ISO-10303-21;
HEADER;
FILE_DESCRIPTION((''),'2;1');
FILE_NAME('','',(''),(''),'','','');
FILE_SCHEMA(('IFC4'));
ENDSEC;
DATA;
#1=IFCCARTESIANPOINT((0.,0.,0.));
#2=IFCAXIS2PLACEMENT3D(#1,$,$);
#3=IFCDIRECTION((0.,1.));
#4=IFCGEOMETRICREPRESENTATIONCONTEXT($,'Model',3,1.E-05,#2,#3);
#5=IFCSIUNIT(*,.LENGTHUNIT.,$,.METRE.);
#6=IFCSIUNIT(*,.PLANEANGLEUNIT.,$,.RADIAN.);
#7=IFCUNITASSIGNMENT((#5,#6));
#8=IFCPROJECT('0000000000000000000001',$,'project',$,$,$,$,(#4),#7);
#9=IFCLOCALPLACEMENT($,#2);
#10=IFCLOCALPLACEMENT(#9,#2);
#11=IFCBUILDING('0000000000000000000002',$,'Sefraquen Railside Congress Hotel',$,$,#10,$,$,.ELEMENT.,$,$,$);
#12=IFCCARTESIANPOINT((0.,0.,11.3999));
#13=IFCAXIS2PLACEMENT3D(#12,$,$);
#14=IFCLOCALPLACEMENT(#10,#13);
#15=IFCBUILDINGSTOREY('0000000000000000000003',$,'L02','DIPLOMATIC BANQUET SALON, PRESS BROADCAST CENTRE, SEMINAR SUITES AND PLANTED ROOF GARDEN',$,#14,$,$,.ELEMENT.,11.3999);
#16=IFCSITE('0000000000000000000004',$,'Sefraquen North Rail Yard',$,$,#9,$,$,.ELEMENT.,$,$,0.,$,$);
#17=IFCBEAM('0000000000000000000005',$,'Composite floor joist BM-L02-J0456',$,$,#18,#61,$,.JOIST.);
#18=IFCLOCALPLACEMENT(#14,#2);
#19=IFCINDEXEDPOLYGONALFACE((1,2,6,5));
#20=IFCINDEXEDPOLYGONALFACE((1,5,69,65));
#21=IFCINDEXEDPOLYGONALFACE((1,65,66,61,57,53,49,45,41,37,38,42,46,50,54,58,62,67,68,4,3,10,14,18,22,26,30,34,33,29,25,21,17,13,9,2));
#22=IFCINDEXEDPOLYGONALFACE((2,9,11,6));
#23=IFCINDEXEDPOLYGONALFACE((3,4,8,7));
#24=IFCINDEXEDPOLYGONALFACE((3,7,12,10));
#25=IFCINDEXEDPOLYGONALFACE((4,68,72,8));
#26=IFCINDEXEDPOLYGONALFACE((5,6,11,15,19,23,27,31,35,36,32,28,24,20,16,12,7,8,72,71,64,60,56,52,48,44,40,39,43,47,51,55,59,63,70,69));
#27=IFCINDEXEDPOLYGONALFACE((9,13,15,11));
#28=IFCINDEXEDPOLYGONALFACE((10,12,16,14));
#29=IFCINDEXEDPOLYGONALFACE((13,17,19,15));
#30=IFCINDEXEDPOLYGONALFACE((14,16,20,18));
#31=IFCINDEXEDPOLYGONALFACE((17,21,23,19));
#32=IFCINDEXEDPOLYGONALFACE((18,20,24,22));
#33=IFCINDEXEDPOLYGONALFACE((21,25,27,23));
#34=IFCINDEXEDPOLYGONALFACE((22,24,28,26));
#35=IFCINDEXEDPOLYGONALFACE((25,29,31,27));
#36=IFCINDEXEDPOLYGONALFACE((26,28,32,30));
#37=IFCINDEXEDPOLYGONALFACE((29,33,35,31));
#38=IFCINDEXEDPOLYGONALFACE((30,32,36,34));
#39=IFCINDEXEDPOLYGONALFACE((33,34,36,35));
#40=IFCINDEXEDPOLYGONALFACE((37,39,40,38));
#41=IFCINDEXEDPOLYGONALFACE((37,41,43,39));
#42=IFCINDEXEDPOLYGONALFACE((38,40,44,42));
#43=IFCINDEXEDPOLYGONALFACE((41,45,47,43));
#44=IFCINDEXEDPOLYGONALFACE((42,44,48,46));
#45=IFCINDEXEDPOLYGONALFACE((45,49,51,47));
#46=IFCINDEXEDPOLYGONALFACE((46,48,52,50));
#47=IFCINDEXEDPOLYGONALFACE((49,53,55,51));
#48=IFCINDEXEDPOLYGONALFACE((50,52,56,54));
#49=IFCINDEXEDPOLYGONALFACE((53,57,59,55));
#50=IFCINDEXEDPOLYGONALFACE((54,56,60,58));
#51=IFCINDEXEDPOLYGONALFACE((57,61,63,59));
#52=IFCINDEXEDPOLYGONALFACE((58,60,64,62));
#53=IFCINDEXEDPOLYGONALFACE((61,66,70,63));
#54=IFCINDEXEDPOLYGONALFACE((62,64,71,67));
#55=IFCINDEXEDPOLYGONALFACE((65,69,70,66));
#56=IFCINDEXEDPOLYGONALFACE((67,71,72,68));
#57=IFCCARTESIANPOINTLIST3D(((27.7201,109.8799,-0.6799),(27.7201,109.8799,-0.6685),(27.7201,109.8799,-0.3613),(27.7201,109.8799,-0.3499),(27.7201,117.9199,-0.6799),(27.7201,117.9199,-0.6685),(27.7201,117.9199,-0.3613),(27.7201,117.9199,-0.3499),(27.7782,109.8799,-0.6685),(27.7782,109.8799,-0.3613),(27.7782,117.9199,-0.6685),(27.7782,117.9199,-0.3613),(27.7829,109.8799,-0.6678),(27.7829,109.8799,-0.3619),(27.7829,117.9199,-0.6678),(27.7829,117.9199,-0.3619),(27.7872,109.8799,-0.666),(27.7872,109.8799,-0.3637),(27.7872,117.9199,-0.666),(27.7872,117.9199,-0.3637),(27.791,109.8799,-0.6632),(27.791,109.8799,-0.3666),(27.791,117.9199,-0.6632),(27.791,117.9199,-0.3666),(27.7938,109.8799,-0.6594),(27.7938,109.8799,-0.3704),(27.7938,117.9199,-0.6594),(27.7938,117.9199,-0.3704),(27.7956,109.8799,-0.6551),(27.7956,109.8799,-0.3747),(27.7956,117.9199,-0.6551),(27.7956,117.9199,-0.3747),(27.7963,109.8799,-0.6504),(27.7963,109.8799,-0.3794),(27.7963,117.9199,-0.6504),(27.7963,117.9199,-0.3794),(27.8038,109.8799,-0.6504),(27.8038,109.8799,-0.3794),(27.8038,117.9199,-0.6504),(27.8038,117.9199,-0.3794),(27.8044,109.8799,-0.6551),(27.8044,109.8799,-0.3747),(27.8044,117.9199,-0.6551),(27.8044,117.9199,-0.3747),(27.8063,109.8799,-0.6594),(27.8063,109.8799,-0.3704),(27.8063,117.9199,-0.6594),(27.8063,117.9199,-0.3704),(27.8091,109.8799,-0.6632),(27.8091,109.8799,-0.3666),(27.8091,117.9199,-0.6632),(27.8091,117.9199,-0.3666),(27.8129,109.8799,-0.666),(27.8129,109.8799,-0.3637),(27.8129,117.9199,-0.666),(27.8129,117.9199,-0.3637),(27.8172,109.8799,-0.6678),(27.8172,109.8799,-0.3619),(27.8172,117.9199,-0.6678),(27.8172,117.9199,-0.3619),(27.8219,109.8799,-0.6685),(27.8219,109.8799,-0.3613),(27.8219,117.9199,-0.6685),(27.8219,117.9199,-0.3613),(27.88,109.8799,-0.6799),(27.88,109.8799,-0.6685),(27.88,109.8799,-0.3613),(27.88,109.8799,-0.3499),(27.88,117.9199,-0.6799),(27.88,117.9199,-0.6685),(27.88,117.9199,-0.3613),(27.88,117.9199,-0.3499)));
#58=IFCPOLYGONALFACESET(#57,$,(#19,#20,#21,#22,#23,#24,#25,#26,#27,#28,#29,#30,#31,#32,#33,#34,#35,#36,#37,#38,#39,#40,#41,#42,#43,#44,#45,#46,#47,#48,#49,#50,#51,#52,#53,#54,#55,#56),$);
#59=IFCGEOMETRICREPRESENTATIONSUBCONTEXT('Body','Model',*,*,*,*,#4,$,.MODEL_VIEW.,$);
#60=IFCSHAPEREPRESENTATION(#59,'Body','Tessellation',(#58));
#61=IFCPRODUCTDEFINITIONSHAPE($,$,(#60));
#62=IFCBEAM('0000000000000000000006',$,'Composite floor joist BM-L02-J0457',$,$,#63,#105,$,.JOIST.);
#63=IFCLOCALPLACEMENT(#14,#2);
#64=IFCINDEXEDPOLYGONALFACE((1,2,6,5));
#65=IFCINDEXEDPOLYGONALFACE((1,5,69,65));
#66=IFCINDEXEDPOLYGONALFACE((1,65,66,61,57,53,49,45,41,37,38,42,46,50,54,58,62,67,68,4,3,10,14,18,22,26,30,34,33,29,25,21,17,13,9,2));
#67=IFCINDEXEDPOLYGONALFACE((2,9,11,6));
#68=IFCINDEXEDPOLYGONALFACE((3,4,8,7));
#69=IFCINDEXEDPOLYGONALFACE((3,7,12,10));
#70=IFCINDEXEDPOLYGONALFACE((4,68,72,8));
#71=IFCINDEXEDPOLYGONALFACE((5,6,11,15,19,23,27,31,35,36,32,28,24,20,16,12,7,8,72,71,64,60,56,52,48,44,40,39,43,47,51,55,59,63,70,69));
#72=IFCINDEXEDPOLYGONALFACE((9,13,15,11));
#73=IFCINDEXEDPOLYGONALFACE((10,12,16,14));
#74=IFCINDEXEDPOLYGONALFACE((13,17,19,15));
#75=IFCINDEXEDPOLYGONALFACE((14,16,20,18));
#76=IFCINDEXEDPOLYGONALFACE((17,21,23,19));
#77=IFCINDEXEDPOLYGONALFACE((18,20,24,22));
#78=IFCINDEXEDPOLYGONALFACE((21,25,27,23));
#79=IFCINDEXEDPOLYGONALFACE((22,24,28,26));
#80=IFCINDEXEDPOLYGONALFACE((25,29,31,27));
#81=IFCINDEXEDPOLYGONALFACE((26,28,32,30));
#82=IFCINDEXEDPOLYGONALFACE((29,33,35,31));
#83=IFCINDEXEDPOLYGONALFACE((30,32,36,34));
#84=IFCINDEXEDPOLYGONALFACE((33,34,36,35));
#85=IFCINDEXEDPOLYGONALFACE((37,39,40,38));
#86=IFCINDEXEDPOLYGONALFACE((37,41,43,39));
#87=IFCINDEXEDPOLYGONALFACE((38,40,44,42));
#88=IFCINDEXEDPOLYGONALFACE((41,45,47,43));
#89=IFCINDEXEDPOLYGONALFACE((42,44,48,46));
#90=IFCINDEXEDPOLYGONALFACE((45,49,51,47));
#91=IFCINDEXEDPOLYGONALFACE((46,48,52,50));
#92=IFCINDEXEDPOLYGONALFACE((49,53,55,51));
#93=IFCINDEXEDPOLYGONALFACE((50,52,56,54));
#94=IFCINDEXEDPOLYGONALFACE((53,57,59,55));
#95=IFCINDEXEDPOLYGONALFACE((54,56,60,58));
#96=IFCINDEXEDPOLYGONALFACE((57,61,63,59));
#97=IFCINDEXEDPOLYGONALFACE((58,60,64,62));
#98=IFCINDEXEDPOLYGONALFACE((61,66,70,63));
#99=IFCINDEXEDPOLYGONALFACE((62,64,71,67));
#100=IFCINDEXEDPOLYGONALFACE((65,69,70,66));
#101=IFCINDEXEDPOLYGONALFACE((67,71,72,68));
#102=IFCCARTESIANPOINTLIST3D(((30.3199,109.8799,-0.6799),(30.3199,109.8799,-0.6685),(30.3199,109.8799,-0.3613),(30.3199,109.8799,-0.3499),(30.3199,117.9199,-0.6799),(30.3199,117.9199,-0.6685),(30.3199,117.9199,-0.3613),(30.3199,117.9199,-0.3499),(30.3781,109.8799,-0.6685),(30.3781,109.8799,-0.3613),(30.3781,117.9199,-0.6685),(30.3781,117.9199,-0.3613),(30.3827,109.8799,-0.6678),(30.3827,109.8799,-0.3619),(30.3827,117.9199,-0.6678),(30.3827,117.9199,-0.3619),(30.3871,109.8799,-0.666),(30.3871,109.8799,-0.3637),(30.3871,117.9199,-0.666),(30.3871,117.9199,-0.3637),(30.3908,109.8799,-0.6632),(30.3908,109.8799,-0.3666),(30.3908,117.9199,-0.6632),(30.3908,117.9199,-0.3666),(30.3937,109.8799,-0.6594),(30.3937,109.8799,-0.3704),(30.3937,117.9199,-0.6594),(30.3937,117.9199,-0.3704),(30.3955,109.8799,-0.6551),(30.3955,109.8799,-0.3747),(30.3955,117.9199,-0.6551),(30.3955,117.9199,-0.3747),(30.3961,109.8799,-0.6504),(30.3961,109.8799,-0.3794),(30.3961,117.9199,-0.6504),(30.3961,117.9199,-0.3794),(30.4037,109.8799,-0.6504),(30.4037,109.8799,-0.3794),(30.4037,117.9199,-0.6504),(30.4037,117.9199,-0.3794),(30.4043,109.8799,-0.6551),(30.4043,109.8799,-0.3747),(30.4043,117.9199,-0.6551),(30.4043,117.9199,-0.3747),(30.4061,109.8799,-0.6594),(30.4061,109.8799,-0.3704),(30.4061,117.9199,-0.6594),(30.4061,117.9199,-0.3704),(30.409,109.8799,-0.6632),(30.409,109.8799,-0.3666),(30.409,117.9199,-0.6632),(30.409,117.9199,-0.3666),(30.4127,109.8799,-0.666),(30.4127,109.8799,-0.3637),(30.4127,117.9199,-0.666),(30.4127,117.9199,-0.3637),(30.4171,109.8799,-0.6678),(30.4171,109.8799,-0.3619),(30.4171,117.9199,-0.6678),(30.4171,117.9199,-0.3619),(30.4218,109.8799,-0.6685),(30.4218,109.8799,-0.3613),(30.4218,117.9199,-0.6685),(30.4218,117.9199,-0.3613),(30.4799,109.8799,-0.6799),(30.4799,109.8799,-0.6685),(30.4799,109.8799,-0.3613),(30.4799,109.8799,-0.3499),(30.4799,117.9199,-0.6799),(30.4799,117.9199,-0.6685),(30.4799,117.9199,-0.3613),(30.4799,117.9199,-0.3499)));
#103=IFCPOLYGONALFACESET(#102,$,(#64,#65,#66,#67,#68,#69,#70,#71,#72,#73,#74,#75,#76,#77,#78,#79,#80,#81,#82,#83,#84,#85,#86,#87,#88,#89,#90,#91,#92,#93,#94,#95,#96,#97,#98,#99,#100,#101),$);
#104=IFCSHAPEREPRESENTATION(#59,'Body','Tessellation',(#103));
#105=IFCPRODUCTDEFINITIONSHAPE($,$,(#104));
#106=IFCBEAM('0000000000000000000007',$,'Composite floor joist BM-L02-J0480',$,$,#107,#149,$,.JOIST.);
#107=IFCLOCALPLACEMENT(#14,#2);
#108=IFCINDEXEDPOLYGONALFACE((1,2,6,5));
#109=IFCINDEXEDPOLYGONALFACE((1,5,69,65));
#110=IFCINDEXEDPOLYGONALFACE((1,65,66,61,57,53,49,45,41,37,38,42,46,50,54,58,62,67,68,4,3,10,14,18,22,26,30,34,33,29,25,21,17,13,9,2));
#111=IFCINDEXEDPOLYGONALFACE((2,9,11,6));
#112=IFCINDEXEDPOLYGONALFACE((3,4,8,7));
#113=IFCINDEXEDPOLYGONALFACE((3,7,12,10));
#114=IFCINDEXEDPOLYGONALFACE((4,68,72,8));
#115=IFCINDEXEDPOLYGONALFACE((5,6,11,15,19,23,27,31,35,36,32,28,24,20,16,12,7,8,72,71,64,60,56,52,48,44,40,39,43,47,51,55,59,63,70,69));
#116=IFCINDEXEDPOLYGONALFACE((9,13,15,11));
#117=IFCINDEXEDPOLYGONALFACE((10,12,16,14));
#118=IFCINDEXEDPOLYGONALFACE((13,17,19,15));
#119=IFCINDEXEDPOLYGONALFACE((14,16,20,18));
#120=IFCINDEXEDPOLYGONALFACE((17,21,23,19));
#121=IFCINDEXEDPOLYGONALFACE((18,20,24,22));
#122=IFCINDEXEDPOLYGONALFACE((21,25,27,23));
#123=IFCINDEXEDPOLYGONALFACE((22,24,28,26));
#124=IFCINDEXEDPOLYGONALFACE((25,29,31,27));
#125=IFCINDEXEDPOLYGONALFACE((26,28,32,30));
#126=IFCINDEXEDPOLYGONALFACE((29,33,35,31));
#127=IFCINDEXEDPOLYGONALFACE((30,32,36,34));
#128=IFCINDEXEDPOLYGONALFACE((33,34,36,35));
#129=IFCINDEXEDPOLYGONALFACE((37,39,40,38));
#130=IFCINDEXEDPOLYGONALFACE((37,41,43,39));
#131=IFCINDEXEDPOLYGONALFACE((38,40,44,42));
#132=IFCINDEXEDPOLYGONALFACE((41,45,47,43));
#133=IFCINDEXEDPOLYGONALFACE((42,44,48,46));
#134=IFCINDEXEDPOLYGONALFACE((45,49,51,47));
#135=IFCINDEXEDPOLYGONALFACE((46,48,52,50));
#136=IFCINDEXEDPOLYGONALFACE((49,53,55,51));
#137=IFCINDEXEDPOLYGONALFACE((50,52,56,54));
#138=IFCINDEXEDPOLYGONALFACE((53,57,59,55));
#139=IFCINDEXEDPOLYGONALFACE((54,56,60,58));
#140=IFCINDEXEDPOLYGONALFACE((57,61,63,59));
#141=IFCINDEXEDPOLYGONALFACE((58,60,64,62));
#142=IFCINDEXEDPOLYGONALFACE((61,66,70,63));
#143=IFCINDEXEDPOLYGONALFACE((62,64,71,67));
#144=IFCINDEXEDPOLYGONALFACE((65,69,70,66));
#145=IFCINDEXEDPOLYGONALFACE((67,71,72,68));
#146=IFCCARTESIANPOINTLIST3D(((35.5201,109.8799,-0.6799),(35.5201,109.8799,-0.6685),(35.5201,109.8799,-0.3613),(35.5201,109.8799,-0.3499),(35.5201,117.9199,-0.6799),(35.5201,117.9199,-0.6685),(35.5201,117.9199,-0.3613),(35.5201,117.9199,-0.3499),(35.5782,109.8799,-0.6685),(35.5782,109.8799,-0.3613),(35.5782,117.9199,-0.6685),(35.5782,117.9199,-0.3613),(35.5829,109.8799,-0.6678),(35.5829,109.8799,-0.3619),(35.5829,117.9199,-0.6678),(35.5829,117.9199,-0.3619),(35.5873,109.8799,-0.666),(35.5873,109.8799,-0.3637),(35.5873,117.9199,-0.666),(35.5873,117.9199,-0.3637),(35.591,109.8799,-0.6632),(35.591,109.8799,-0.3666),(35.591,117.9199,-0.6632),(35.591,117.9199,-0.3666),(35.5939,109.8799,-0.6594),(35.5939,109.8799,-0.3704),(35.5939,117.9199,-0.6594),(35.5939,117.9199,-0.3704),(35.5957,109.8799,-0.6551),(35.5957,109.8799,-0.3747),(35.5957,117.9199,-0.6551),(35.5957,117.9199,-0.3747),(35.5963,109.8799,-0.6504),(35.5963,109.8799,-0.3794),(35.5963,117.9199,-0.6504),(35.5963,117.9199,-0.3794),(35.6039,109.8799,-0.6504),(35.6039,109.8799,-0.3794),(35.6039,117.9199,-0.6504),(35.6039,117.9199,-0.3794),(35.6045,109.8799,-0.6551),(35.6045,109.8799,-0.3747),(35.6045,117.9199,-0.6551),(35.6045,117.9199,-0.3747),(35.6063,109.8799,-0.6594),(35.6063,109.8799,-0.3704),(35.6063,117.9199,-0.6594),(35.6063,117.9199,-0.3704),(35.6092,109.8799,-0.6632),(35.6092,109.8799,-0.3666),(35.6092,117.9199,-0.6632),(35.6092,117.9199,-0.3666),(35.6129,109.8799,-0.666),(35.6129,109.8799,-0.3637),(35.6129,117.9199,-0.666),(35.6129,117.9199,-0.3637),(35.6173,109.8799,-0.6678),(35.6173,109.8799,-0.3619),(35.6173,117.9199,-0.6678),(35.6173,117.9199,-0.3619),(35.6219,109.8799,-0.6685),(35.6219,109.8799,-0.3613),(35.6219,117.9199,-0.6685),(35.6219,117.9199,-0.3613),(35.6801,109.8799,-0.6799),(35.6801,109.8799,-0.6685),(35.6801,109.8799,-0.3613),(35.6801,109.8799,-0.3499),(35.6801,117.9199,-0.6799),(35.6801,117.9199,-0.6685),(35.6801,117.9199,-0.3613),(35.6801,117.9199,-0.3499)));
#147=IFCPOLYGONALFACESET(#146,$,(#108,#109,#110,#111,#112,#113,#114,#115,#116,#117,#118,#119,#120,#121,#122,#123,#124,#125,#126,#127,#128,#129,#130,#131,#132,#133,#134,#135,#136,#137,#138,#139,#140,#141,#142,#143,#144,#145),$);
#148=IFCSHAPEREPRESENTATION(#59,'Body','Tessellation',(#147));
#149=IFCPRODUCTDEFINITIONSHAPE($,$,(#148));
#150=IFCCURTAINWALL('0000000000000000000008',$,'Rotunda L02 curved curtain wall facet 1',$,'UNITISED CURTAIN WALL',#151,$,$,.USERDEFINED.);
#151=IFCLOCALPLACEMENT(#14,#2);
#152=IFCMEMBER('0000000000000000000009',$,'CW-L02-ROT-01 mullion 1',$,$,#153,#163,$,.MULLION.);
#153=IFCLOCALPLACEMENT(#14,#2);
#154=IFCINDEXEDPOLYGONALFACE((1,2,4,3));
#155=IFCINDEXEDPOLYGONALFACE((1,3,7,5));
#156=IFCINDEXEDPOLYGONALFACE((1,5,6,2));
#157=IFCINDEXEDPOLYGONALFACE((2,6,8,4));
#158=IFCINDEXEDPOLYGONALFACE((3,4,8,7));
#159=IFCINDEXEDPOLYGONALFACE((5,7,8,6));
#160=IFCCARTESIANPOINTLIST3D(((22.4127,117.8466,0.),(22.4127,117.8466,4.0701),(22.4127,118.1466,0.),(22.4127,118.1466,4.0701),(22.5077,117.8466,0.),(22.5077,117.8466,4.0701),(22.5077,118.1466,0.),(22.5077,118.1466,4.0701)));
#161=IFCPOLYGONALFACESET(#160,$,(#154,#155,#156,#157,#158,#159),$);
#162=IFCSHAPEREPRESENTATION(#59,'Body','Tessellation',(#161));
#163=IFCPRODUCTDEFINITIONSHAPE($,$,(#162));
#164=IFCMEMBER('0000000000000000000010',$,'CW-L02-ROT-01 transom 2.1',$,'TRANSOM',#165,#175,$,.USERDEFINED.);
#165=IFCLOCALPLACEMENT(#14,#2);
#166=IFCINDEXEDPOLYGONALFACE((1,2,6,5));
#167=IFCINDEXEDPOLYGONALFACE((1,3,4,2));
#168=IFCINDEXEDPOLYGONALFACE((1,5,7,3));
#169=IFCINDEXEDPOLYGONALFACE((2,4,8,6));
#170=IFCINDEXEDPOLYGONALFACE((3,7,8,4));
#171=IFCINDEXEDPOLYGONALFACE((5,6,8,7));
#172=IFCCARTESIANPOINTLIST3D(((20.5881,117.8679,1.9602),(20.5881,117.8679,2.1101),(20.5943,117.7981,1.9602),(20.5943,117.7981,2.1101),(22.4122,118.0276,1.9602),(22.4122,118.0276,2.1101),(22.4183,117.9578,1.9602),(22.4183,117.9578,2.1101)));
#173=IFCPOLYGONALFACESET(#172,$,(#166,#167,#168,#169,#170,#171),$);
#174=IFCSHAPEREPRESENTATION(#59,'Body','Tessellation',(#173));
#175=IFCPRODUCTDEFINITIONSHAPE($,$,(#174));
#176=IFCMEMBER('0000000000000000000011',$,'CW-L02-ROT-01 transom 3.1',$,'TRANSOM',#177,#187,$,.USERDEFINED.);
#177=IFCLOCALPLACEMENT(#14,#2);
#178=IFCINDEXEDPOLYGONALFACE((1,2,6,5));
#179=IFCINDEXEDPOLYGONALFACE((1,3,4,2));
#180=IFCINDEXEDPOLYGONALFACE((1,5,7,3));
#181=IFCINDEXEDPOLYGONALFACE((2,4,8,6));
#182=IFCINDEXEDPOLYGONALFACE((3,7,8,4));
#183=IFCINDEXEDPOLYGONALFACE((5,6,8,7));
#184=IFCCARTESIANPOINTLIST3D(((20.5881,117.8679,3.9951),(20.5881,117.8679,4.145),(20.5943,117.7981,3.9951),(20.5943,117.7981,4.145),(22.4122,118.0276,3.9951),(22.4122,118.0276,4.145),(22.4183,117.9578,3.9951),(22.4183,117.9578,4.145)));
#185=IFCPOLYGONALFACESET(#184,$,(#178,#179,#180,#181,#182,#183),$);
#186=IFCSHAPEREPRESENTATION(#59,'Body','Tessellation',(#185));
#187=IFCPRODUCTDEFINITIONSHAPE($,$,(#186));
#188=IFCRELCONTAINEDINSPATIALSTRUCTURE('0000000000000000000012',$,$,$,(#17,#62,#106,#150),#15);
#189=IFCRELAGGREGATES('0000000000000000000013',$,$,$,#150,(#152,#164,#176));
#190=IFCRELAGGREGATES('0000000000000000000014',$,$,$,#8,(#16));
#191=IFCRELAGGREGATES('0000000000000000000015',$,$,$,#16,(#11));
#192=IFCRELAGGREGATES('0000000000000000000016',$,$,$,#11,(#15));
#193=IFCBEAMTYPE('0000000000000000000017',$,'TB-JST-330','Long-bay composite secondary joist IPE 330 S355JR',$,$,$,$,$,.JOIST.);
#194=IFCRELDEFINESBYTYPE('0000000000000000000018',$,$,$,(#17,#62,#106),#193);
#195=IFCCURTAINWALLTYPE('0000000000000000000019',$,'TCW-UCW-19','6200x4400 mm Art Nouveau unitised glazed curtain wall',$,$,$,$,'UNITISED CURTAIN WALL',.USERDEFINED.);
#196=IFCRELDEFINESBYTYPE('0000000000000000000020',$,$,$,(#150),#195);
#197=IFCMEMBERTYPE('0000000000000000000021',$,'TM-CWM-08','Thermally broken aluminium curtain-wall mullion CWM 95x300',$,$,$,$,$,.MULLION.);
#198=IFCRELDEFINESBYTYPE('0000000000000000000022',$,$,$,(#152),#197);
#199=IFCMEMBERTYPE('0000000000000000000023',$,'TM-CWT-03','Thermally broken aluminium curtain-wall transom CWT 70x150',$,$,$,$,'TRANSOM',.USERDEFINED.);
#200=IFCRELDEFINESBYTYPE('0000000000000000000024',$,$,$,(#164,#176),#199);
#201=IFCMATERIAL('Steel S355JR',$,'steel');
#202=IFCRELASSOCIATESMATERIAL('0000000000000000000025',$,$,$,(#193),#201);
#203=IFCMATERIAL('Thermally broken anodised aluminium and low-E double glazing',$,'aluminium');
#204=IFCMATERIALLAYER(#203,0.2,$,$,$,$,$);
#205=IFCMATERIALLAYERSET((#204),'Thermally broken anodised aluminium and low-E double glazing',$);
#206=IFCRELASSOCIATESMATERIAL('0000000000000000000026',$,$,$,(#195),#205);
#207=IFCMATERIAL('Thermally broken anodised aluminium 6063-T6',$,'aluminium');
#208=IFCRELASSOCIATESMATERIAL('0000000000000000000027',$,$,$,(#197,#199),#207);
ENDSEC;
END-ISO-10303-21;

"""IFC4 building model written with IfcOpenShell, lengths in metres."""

from ifc_helpers import new_model, si_unit, direction, frame, origin, origin_2d, place, context, subcontext, project, spatial, rectangle, i_section, extrude, material, layer, layer_set, material_profile, profile_set, type_object, element, aggregate, save


model = new_model("IFC4")

# Units and contexts
model_context = context("Model", 3, precision=1e-05, world=origin(), true_north=direction((0.0, 1.0)))
body_context = subcontext(model_context, "Body", "Model", "MODEL_VIEW")
ifc_project = project(units=[si_unit("LENGTHUNIT", "METRE"), si_unit("PLANEANGLEUNIT", "RADIAN")], contexts=[model_context])

# Site, building, storey
site_placement = place(None, origin())
site = spatial("IfcSite", under=ifc_project, at=site_placement, Name="Sefraquen North Rail Yard", CompositionType="ELEMENT", RefElevation=0.0)
building_placement = place(site_placement, origin())
building = spatial("IfcBuilding", under=site, at=building_placement, Name="Sefraquen Railside Congress Hotel", CompositionType="ELEMENT")
storey_placement = place(building_placement, frame((0.0, 0.0, 11.3999)))
storey = spatial("IfcBuildingStorey", under=building, at=storey_placement, Name="L02", Description="DIPLOMATIC BANQUET SALON, PRESS BROADCAST CENTRE, SEMINAR SUITES AND PLANTED ROOF GARDEN", CompositionType="ELEMENT", Elevation=11.3999)

# Shared definitions
ifc_material_1 = material(Name="Steel S355JR", Category="steel")

# Beams
ifc_material_profile_1 = material_profile(ifc_material_1, i_section(OverallWidth=0.1599, OverallDepth=0.3301, WebThickness=0.0076, FlangeThickness=0.0115, FilletRadius=0.0181, at=origin_2d()), Name="IPE 330")
ifc_profile_set_1 = profile_set([ifc_material_profile_1], Name="Steel S355JR")
beam_type_1 = type_object("IfcBeamType", Name="TB-JST-330", Description="Long-bay composite secondary joist IPE 330 S355JR", PredefinedType="JOIST", material=ifc_profile_set_1)
for number, where, z_axis, x_axis, name in (
    (1, (27.8, 109.8799, -0.5149), (0.0, 1.0, 0.0), (-1.0, 0.0, 0.0), "Composite floor joist BM-L02-J0456"),
    (2, (30.3999, 109.8799, -0.5149), (0.0, 1.0, 0.0), (-1.0, 0.0, 0.0), "Composite floor joist BM-L02-J0457"),
    (3, (35.6001, 109.8799, -0.5149), (0.0, 1.0, 0.0), (-1.0, 0.0, 0.0), "Composite floor joist BM-L02-J0480"),
):
    element("IfcBeam", number, at=place(storey_placement, frame(where, z_axis=z_axis, x_axis=x_axis)), inside=storey, type_object=beam_type_1, Name=name, PredefinedType="JOIST", context=body_context, shape_type="SweptSolid", body=[
        extrude(i_section(OverallWidth=0.1599, OverallDepth=0.3301, WebThickness=0.0076, FlangeThickness=0.0115, FilletRadius=0.0181, at=origin_2d()), origin(), (0.0, 0.0, 1.0), 8.04),
    ])

# Curtain wall, members
ifc_material_2 = material(Name="Thermally broken anodised aluminium and low-E double glazing", Category="aluminium")
ifc_layer_1 = layer(ifc_material_2, 0.2)
ifc_layer_set_1 = layer_set([ifc_layer_1], Name="Thermally broken anodised aluminium and low-E double glazing")
curtain_wall_type = type_object("IfcCurtainWallType", Name="TCW-UCW-19", Description="6200x4400 mm Art Nouveau unitised glazed curtain wall", ElementType="UNITISED CURTAIN WALL", PredefinedType="USERDEFINED", material=ifc_layer_set_1)
curtain_wall_placement = place(storey_placement, origin())
curtain_wall = element("IfcCurtainWall", 4, at=curtain_wall_placement, inside=storey, type_object=curtain_wall_type, Name="Rotunda L02 curved curtain wall facet 1", ObjectType="UNITISED CURTAIN WALL", PredefinedType="USERDEFINED")
ifc_material_3 = material(Name="Thermally broken anodised aluminium 6063-T6", Category="aluminium")
ifc_material_profile_2 = material_profile(ifc_material_3, rectangle(XDim=0.095, YDim=0.3, at=origin_2d()), Name="CWM 95x300")
ifc_profile_set_2 = profile_set([ifc_material_profile_2], Name="Thermally broken anodised aluminium 6063-T6")
member_type_1 = type_object("IfcMemberType", Name="TM-CWM-08", Description="Thermally broken aluminium curtain-wall mullion CWM 95x300", PredefinedType="MULLION", material=ifc_profile_set_2)
member_1_placement = place(storey_placement, frame((22.4602, 117.9966, 0.0), z_axis=(0.0, 0.0, 1.0), x_axis=(1.0, 0.0, 0.0)))
member_1 = element("IfcMember", 5, at=member_1_placement, type_object=member_type_1, Name="CW-L02-ROT-01 mullion 1", PredefinedType="MULLION", context=body_context, shape_type="SweptSolid", body=[
    extrude(rectangle(XDim=0.095, YDim=0.3, at=origin_2d()), origin(), (0.0, 0.0, 1.0), 4.0701),
])
ifc_material_profile_3 = material_profile(ifc_material_3, rectangle(XDim=0.0701, YDim=0.1499, at=origin_2d()), Name="CWT 70x150")
ifc_profile_set_3 = profile_set([ifc_material_profile_3], Name="Thermally broken anodised aluminium 6063-T6")
member_type_2 = type_object("IfcMemberType", Name="TM-CWT-03", Description="Thermally broken aluminium curtain-wall transom CWT 70x150", ElementType="TRANSOM", PredefinedType="USERDEFINED", material=ifc_profile_set_3)
member_2_placement = place(storey_placement, frame((22.4153, 117.9927, 2.0352), z_axis=(-0.99619, -0.087205, 0.0), x_axis=(0.087205, -0.99619, 0.0)))
member_2 = element("IfcMember", 6, at=member_2_placement, type_object=member_type_2, Name="CW-L02-ROT-01 transom 2.1", ObjectType="TRANSOM", PredefinedType="USERDEFINED", context=body_context, shape_type="SweptSolid", body=[
    extrude(rectangle(XDim=0.0701, YDim=0.1499, at=origin_2d()), origin(), (0.0, 0.0, 1.0), 1.8311),
])
member_3_placement = place(storey_placement, frame((22.4153, 117.9927, 4.0701), z_axis=(-0.99619, -0.087205, 0.0), x_axis=(0.087205, -0.99619, 0.0)))
member_3 = element("IfcMember", 7, at=member_3_placement, type_object=member_type_2, Name="CW-L02-ROT-01 transom 3.1", ObjectType="TRANSOM", PredefinedType="USERDEFINED", context=body_context, shape_type="SweptSolid", body=[
    extrude(rectangle(XDim=0.0701, YDim=0.1499, at=origin_2d()), origin(), (0.0, 0.0, 1.0), 1.8311),
])
aggregate(curtain_wall, [member_1, member_2, member_3])

save(model, "model.ifc")
